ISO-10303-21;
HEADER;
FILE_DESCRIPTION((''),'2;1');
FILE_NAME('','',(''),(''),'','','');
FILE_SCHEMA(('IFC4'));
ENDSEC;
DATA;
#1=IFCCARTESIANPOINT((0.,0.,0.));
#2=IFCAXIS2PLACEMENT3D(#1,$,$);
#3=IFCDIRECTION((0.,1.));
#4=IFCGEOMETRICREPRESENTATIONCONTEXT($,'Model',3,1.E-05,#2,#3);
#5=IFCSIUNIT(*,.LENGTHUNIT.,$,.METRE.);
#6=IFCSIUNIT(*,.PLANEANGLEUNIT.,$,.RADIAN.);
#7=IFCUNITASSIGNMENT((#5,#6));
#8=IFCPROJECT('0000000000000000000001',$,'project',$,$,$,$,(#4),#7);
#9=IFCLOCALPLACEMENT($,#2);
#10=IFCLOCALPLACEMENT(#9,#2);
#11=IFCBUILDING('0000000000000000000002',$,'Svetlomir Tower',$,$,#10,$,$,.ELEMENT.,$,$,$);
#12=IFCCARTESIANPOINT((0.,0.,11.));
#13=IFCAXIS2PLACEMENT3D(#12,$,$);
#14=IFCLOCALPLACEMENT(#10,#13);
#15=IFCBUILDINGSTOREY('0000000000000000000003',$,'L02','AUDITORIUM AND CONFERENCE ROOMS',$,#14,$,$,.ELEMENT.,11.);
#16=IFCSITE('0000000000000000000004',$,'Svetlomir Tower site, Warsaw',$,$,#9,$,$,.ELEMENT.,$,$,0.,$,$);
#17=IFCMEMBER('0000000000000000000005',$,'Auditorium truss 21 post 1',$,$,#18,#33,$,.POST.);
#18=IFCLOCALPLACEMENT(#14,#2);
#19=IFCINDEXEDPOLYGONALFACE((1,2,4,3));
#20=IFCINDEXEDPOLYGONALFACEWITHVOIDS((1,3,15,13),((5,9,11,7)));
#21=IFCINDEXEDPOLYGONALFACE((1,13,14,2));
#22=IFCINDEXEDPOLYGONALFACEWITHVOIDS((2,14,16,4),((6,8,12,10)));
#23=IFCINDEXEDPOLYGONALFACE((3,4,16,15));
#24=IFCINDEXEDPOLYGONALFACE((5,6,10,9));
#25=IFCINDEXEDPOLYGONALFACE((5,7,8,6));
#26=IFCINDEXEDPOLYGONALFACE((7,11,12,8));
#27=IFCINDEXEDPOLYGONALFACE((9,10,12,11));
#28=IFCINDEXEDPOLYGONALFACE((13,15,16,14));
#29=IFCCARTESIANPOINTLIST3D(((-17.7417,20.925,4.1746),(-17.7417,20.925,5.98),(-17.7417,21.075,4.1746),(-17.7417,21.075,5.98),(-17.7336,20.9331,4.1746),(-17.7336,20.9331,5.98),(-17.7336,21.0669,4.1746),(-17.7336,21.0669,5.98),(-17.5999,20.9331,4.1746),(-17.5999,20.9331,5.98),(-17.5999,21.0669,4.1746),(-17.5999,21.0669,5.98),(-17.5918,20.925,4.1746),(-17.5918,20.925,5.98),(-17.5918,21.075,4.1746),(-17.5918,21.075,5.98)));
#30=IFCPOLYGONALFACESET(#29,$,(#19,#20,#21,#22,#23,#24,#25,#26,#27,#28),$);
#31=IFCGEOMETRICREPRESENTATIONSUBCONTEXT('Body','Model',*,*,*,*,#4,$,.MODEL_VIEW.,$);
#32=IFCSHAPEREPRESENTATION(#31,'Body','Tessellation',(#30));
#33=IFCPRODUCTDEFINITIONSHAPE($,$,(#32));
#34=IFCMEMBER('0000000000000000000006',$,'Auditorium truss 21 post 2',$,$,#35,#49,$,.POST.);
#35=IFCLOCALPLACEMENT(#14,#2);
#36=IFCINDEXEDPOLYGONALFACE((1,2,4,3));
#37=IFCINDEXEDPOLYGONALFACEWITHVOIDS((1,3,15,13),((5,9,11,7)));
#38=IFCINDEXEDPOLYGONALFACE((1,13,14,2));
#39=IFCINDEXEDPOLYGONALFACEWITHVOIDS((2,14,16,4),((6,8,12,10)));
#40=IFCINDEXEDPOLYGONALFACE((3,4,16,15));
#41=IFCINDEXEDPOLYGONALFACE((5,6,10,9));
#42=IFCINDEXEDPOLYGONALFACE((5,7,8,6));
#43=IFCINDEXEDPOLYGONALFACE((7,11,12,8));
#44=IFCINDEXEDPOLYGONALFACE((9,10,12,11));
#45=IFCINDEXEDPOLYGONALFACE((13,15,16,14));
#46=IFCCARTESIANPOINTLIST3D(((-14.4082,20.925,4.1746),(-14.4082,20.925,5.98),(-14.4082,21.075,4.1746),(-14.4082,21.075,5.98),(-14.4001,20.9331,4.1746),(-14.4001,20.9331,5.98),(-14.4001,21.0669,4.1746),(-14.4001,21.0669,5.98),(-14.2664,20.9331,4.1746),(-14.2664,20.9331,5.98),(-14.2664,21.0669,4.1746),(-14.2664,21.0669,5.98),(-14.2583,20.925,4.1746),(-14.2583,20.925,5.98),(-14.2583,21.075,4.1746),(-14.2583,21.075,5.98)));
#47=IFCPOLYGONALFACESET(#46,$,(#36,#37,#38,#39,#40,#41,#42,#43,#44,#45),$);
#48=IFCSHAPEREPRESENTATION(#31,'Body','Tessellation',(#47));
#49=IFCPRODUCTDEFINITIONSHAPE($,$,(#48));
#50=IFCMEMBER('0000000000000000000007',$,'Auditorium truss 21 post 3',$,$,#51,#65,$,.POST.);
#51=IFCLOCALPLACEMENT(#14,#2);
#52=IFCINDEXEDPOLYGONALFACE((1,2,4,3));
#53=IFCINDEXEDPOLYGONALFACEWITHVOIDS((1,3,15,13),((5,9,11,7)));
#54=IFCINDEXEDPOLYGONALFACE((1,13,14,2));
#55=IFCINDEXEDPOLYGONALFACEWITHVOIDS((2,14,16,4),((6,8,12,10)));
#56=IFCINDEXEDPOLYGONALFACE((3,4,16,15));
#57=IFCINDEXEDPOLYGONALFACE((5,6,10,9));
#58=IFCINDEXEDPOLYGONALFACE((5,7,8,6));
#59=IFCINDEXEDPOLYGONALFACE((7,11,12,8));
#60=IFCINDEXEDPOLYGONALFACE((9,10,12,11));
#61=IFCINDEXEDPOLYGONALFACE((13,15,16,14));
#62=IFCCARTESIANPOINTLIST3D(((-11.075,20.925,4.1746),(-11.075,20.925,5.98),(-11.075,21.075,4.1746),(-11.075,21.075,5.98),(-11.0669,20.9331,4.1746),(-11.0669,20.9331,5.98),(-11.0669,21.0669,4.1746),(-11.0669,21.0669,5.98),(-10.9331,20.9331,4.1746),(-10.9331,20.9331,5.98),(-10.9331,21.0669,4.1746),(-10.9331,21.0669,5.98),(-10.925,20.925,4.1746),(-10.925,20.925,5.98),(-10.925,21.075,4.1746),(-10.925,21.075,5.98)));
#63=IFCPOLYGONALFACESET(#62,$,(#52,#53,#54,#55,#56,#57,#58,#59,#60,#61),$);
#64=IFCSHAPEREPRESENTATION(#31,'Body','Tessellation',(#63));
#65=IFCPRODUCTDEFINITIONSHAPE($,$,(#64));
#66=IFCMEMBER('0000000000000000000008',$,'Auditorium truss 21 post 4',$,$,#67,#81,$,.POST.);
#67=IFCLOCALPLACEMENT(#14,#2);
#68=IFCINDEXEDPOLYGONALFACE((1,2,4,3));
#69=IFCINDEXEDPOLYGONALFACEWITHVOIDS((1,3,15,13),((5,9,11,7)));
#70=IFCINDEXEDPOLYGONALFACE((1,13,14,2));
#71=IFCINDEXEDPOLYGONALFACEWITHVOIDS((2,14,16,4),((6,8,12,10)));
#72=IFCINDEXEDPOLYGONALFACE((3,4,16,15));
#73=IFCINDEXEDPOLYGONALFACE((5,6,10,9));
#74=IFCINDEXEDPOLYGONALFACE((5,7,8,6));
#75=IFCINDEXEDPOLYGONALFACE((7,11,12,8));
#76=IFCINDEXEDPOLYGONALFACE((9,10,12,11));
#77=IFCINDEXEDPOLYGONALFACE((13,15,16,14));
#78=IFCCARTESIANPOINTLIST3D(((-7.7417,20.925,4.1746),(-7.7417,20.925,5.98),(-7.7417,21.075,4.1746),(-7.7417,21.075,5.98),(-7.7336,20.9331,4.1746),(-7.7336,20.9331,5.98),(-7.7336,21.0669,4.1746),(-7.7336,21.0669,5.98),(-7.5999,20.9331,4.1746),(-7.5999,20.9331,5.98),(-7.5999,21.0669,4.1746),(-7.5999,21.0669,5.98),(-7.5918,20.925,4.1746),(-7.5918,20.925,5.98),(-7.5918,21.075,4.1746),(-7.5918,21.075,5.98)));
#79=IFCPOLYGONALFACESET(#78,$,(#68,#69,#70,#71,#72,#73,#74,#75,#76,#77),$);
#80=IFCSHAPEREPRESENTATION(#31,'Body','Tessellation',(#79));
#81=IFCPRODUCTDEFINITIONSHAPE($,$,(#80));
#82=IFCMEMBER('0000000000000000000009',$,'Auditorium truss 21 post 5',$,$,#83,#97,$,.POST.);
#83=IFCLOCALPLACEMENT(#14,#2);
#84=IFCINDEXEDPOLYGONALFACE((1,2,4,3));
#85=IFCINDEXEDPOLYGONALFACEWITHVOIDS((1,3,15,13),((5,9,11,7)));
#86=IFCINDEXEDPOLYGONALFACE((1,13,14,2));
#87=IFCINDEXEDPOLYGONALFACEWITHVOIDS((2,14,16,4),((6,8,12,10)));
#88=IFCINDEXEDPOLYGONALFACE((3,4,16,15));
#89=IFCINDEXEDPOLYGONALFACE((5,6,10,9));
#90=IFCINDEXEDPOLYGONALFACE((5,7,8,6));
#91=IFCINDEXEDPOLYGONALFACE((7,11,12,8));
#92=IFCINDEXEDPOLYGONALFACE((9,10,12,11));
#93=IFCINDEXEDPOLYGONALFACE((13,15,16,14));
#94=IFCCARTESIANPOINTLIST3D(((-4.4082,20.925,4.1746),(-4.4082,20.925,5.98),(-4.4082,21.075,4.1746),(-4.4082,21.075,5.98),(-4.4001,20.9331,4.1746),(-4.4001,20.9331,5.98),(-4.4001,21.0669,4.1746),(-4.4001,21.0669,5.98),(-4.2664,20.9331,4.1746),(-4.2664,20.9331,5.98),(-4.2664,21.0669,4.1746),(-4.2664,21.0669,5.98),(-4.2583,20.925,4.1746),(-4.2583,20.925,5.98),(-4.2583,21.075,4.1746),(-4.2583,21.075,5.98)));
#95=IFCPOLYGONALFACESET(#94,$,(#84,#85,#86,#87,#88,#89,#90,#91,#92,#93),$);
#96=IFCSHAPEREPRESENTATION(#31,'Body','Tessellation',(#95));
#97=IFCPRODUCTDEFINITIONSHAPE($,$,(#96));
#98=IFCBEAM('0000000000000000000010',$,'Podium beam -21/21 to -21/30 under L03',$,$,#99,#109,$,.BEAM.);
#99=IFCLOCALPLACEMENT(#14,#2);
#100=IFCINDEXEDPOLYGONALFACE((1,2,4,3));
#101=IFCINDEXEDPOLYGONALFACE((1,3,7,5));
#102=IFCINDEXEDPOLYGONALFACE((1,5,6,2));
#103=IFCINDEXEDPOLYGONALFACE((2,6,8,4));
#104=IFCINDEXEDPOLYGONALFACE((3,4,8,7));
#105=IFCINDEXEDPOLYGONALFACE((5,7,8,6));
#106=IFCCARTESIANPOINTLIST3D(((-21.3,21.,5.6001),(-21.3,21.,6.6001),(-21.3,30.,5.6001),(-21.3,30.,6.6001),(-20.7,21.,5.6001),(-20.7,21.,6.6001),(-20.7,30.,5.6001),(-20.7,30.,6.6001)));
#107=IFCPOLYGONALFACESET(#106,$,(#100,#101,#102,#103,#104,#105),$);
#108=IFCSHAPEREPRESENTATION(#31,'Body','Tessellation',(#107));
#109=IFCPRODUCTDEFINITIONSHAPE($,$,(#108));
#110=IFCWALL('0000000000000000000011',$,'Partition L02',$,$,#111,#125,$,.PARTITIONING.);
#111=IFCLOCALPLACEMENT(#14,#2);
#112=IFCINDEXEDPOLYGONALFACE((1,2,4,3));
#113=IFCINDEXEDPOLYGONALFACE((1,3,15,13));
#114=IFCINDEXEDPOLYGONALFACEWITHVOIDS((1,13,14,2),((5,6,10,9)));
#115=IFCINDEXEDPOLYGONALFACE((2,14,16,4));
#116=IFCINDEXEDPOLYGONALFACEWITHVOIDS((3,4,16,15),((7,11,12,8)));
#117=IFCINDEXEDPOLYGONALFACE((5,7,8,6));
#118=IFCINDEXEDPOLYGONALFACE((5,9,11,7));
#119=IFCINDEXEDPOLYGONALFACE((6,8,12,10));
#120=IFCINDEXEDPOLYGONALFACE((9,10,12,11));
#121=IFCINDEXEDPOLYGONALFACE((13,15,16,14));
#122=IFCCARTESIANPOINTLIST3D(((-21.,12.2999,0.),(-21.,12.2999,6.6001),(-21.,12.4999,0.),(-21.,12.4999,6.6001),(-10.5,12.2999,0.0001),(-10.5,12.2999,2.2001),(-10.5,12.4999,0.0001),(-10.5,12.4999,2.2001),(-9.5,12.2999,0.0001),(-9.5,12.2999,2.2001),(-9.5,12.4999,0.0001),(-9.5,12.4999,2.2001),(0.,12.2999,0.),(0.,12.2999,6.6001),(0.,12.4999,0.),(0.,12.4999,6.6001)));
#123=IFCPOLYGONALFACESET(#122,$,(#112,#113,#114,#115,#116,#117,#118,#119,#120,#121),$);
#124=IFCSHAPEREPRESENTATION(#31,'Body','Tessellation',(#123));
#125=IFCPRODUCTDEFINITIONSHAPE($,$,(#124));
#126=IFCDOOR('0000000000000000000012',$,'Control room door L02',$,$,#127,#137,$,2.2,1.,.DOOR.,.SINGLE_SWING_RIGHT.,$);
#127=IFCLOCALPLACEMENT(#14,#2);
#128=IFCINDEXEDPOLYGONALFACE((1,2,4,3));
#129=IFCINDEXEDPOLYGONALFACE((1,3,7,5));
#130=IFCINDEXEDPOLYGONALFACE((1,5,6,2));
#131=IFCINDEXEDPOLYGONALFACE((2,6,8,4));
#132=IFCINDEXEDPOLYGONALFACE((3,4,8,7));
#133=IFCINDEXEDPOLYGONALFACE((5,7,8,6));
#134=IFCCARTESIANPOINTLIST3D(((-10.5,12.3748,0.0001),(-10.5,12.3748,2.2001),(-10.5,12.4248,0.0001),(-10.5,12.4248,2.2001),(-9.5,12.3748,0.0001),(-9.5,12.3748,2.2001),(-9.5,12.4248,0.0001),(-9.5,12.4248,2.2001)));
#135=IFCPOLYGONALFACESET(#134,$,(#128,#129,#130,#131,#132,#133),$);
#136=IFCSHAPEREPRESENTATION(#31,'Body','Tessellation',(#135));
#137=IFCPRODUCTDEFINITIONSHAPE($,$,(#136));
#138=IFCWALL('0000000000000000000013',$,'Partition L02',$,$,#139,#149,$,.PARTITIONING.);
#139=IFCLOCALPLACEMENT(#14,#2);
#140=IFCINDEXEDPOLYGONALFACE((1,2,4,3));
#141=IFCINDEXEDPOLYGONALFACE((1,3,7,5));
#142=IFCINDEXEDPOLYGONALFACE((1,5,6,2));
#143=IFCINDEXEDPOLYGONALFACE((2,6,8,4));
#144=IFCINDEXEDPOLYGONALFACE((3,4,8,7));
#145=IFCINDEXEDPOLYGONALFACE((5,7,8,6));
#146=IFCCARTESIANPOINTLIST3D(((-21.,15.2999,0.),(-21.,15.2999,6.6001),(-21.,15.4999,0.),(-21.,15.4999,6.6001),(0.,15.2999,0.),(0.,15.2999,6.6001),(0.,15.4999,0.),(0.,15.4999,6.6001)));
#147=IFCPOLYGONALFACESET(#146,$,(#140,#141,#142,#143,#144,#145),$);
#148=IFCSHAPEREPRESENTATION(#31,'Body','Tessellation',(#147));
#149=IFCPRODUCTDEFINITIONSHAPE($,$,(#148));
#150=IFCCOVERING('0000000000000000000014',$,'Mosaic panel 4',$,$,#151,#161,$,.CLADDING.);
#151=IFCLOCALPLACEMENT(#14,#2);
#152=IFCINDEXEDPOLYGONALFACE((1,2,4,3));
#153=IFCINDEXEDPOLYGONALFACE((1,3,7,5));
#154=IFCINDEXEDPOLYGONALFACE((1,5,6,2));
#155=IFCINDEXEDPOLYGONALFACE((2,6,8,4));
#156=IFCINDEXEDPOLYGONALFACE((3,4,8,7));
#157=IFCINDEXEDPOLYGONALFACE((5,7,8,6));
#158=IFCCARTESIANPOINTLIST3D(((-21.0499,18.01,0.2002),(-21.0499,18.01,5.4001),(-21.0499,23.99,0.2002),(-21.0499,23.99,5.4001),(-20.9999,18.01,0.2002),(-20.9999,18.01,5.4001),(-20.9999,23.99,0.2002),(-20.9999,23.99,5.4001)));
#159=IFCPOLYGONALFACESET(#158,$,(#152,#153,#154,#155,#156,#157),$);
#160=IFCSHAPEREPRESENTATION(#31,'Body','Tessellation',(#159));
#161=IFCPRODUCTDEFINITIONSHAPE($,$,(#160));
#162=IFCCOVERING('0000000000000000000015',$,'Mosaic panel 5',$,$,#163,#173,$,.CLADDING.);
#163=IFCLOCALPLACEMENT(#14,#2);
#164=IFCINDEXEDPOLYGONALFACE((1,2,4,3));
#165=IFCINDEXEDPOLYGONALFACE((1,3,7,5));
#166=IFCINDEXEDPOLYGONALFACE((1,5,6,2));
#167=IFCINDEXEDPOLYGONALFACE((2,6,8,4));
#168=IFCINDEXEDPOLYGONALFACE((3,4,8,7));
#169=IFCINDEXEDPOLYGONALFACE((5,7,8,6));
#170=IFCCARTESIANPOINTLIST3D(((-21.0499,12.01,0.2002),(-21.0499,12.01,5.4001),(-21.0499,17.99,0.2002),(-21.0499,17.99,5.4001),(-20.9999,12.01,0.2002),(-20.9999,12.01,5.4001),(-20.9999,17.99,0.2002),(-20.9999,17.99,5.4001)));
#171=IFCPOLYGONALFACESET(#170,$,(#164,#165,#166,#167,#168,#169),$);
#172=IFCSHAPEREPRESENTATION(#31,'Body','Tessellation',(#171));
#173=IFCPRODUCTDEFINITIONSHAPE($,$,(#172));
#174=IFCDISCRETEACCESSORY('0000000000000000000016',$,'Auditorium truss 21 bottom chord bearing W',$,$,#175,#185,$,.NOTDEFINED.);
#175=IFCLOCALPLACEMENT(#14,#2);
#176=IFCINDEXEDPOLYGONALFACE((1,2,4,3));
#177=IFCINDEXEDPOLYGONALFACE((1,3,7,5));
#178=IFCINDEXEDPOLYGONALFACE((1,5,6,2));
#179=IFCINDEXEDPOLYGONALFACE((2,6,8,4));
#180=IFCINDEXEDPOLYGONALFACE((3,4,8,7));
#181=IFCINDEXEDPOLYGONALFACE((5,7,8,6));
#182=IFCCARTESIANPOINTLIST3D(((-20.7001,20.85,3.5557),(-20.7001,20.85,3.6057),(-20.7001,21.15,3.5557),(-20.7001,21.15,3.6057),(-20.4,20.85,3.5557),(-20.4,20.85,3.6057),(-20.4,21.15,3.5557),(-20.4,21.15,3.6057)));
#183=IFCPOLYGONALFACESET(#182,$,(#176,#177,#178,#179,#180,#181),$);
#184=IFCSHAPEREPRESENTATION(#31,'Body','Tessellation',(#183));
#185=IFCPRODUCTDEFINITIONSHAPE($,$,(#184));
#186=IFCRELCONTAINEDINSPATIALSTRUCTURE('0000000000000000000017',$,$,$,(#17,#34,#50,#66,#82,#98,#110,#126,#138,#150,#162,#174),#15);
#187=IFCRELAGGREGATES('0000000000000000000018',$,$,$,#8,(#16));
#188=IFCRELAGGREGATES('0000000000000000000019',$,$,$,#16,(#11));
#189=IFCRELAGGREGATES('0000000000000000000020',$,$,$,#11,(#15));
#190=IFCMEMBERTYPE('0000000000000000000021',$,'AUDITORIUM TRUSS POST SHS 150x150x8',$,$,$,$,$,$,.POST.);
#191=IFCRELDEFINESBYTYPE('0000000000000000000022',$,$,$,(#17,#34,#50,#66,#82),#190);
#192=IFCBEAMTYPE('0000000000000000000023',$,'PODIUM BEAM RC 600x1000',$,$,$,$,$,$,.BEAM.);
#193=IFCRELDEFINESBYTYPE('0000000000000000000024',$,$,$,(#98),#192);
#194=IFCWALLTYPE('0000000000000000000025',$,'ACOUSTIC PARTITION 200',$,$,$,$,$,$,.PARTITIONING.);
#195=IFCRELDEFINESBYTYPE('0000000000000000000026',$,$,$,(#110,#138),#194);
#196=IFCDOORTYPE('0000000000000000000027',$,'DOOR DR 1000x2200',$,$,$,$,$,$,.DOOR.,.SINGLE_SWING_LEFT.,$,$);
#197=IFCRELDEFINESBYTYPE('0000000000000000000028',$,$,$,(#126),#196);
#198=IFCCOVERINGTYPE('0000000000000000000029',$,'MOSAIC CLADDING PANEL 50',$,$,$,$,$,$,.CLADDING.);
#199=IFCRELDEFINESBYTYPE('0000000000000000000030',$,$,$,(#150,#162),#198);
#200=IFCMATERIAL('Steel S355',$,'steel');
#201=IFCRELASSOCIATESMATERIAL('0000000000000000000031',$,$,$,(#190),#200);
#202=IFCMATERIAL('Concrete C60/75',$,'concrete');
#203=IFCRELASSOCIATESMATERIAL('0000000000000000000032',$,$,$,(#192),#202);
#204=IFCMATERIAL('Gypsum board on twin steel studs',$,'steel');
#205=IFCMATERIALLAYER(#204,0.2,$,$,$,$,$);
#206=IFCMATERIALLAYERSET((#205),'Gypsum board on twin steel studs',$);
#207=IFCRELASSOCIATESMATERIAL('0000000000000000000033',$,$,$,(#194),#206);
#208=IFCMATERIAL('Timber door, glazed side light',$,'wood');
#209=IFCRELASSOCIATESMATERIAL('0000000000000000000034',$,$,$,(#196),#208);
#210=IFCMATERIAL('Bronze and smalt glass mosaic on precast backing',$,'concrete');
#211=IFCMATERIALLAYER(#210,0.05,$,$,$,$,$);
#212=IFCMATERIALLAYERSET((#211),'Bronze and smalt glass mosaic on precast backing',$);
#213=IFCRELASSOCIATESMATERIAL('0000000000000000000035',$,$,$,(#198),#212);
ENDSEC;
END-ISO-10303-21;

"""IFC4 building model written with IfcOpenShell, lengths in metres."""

from ifc_helpers import new_model, si_unit, direction, frame, frame_2d, origin, origin_2d, place, context, subcontext, project, spatial, rectangle, hollow_rectangle, extrude, material, layer, layer_set, material_profile, profile_set, type_object, element, fill, save


model = new_model("IFC4")

# Units and contexts
model_context = context("Model", 3, precision=1e-05, world=origin(), true_north=direction((0.0, 1.0)))
body_context = subcontext(model_context, "Body", "Model", "MODEL_VIEW")
ifc_project = project(units=[si_unit("LENGTHUNIT", "METRE"), si_unit("PLANEANGLEUNIT", "RADIAN")], contexts=[model_context])

# Site, building, storey
site_placement = place(None, origin())
site = spatial("IfcSite", under=ifc_project, at=site_placement, Name="Svetlomir Tower site, Warsaw", CompositionType="ELEMENT", RefElevation=0.0)
building_placement = place(site_placement, origin())
building = spatial("IfcBuilding", under=site, at=building_placement, Name="Svetlomir Tower", CompositionType="ELEMENT")
storey_placement = place(building_placement, frame((0.0, 0.0, 11.0)))
storey = spatial("IfcBuildingStorey", under=building, at=storey_placement, Name="L02", Description="AUDITORIUM AND CONFERENCE ROOMS", CompositionType="ELEMENT", Elevation=11.0)

# Members
ifc_material_1 = material(Name="Steel S355", Category="steel")
ifc_material_profile_1 = material_profile(ifc_material_1, hollow_rectangle(XDim=0.1499, YDim=0.1499, WallThickness=0.0081, at=origin_2d()), Name="SHS 150x150x8")
ifc_profile_set_1 = profile_set([ifc_material_profile_1], Name="Steel S355")
member_type_1 = type_object("IfcMemberType", Name="AUDITORIUM TRUSS POST SHS 150x150x8", PredefinedType="POST", material=ifc_profile_set_1)
for number, where, z_axis, x_axis, name in (
    (1, (-17.6667, 21.0, 4.1746), (0.0, 0.0, 1.0), (1.0, 0.0, 0.0), "Auditorium truss 21 post 1"),
    (2, (-14.3333, 21.0, 4.1746), (0.0, 0.0, 1.0), (1.0, 0.0, 0.0), "Auditorium truss 21 post 2"),
    (3, (-11.0, 21.0, 4.1746), (0.0, 0.0, 1.0), (1.0, 0.0, 0.0), "Auditorium truss 21 post 3"),
    (4, (-7.6667, 21.0, 4.1746), (0.0, 0.0, 1.0), (1.0, 0.0, 0.0), "Auditorium truss 21 post 4"),
    (5, (-4.3333, 21.0, 4.1746), (0.0, 0.0, 1.0), (1.0, 0.0, 0.0), "Auditorium truss 21 post 5"),
):
    element("IfcMember", number, at=place(storey_placement, frame(where, z_axis=z_axis, x_axis=x_axis)), inside=storey, type_object=member_type_1, Name=name, PredefinedType="POST", context=body_context, shape_type="SweptSolid", body=[
        extrude(hollow_rectangle(XDim=0.1499, YDim=0.1499, WallThickness=0.0081, at=origin_2d()), origin(), (0.0, 0.0, 1.0), 1.8054),
    ])

# Beam
ifc_material_2 = material(Name="Concrete C60/75", Category="concrete")
ifc_material_profile_2 = material_profile(ifc_material_2, rectangle(XDim=0.6001, YDim=1.0, at=origin_2d()), Name="RC 600x1000")
ifc_profile_set_2 = profile_set([ifc_material_profile_2], Name="Concrete C60/75")
beam_type = type_object("IfcBeamType", Name="PODIUM BEAM RC 600x1000", PredefinedType="BEAM", material=ifc_profile_set_2)
beam_placement = place(storey_placement, frame((-21.0, 21.0, 6.1001), z_axis=(0.0, 1.0, 0.0), x_axis=(-1.0, 0.0, 0.0)))
element("IfcBeam", 6, at=beam_placement, inside=storey, type_object=beam_type, Name="Podium beam -21/21 to -21/30 under L03", PredefinedType="BEAM", context=body_context, shape_type="SweptSolid", body=[
    extrude(rectangle(XDim=0.6001, YDim=1.0, at=origin_2d()), origin(), (0.0, 0.0, 1.0), 9.0),
])

# Wall, opening, door
ifc_material_3 = material(Name="Gypsum board on twin steel studs", Category="steel")
ifc_layer_1 = layer(ifc_material_3, 0.2)
ifc_layer_set_1 = layer_set([ifc_layer_1], Name="Gypsum board on twin steel studs")
wall_type = type_object("IfcWallType", Name="ACOUSTIC PARTITION 200", PredefinedType="PARTITIONING", material=ifc_layer_set_1)
wall_1_placement = place(storey_placement, frame((-21.0, 12.3999, 0.0), z_axis=(0.0, 0.0, 1.0), x_axis=(1.0, 0.0, 0.0)))
wall_1 = element("IfcWall", 7, at=wall_1_placement, inside=storey, type_object=wall_type, Name="Partition L02", PredefinedType="PARTITIONING", context=body_context, shape_type="SweptSolid", body=[
    extrude(rectangle(XDim=21.0, YDim=0.2, at=frame_2d((10.5, 0.0))), origin(), (0.0, 0.0, 1.0), 6.6001),
])
opening_1_placement = place(wall_1_placement, frame((10.5, 0.0, 0.0)))
opening_1 = element("IfcOpeningElement", 8, at=opening_1_placement, cuts=wall_1, PredefinedType="OPENING", context=body_context, shape_type="SweptSolid", body=[
    extrude(rectangle(XDim=1.0, YDim=2.2, at=frame_2d((0.5, 1.1001))), frame((0.0, 0.1099, 0.0), z_axis=(0.0, -1.0, 0.0), x_axis=(1.0, 0.0, 0.0)), (0.0, 0.0, 1.0), 0.22),
])
ifc_material_4 = material(Name="Timber door, glazed side light", Category="wood")
door_type = type_object("IfcDoorType", Name="DOOR DR 1000x2200", OperationType="SINGLE_SWING_LEFT", PredefinedType="DOOR", material=ifc_material_4)
door_placement = place(opening_1_placement, origin())
door = element("IfcDoor", 9, at=door_placement, inside=storey, type_object=door_type, Name="Control room door L02", OperationType="SINGLE_SWING_RIGHT", OverallHeight=2.2, OverallWidth=1.0, PredefinedType="DOOR", context=body_context, shape_type="SweptSolid", body=[
    extrude(rectangle(XDim=1.0, YDim=2.2, at=frame_2d((0.5, 1.1001))), frame((0.0, 0.0249, 0.0), z_axis=(0.0, -1.0, 0.0), x_axis=(1.0, 0.0, 0.0)), (0.0, 0.0, 1.0), 0.05),
])
fill(opening_1, door)

# Wall
wall_2_placement = place(storey_placement, frame((-21.0, 15.3999, 0.0), z_axis=(0.0, 0.0, 1.0), x_axis=(1.0, 0.0, 0.0)))
element("IfcWall", 10, at=wall_2_placement, inside=storey, type_object=wall_type, Name="Partition L02", PredefinedType="PARTITIONING", context=body_context, shape_type="SweptSolid", body=[
    extrude(rectangle(XDim=21.0, YDim=0.2, at=frame_2d((10.5, 0.0))), origin(), (0.0, 0.0, 1.0), 6.6001),
])

# Coverings
ifc_material_5 = material(Name="Bronze and smalt glass mosaic on precast backing", Category="concrete")
ifc_layer_2 = layer(ifc_material_5, 0.05)
ifc_layer_set_2 = layer_set([ifc_layer_2], Name="Bronze and smalt glass mosaic on precast backing")
covering_type = type_object("IfcCoveringType", Name="MOSAIC CLADDING PANEL 50", PredefinedType="CLADDING", material=ifc_layer_set_2)
for number, where, z_axis, x_axis, name in (
    (11, (-21.0249, 21.0, 0.2002), (0.0, 0.0, 1.0), (1.0, 0.0, 0.0), "Mosaic panel 4"),
    (12, (-21.0249, 15.0, 0.2002), (0.0, 0.0, 1.0), (1.0, 0.0, 0.0), "Mosaic panel 5"),
):
    element("IfcCovering", number, at=place(storey_placement, frame(where, z_axis=z_axis, x_axis=x_axis)), inside=storey, type_object=covering_type, Name=name, PredefinedType="CLADDING", context=body_context, shape_type="SweptSolid", body=[
        extrude(rectangle(XDim=0.05, YDim=5.98, at=origin_2d()), origin(), (0.0, 0.0, 1.0), 5.2),
    ])

# Discrete accessory
discrete_accessory_placement = place(storey_placement, frame((-20.55, 21.0, 3.5557), z_axis=(0.0, 0.0, 1.0), x_axis=(1.0, 0.0, 0.0)))
element("IfcDiscreteAccessory", 13, at=discrete_accessory_placement, inside=storey, Name="Auditorium truss 21 bottom chord bearing W", PredefinedType="NOTDEFINED", context=body_context, shape_type="SweptSolid", body=[
    extrude(rectangle(XDim=0.3, YDim=0.3, at=origin_2d()), origin(), (0.0, 0.0, 1.0), 0.05),
])

save(model, "model.ifc")
